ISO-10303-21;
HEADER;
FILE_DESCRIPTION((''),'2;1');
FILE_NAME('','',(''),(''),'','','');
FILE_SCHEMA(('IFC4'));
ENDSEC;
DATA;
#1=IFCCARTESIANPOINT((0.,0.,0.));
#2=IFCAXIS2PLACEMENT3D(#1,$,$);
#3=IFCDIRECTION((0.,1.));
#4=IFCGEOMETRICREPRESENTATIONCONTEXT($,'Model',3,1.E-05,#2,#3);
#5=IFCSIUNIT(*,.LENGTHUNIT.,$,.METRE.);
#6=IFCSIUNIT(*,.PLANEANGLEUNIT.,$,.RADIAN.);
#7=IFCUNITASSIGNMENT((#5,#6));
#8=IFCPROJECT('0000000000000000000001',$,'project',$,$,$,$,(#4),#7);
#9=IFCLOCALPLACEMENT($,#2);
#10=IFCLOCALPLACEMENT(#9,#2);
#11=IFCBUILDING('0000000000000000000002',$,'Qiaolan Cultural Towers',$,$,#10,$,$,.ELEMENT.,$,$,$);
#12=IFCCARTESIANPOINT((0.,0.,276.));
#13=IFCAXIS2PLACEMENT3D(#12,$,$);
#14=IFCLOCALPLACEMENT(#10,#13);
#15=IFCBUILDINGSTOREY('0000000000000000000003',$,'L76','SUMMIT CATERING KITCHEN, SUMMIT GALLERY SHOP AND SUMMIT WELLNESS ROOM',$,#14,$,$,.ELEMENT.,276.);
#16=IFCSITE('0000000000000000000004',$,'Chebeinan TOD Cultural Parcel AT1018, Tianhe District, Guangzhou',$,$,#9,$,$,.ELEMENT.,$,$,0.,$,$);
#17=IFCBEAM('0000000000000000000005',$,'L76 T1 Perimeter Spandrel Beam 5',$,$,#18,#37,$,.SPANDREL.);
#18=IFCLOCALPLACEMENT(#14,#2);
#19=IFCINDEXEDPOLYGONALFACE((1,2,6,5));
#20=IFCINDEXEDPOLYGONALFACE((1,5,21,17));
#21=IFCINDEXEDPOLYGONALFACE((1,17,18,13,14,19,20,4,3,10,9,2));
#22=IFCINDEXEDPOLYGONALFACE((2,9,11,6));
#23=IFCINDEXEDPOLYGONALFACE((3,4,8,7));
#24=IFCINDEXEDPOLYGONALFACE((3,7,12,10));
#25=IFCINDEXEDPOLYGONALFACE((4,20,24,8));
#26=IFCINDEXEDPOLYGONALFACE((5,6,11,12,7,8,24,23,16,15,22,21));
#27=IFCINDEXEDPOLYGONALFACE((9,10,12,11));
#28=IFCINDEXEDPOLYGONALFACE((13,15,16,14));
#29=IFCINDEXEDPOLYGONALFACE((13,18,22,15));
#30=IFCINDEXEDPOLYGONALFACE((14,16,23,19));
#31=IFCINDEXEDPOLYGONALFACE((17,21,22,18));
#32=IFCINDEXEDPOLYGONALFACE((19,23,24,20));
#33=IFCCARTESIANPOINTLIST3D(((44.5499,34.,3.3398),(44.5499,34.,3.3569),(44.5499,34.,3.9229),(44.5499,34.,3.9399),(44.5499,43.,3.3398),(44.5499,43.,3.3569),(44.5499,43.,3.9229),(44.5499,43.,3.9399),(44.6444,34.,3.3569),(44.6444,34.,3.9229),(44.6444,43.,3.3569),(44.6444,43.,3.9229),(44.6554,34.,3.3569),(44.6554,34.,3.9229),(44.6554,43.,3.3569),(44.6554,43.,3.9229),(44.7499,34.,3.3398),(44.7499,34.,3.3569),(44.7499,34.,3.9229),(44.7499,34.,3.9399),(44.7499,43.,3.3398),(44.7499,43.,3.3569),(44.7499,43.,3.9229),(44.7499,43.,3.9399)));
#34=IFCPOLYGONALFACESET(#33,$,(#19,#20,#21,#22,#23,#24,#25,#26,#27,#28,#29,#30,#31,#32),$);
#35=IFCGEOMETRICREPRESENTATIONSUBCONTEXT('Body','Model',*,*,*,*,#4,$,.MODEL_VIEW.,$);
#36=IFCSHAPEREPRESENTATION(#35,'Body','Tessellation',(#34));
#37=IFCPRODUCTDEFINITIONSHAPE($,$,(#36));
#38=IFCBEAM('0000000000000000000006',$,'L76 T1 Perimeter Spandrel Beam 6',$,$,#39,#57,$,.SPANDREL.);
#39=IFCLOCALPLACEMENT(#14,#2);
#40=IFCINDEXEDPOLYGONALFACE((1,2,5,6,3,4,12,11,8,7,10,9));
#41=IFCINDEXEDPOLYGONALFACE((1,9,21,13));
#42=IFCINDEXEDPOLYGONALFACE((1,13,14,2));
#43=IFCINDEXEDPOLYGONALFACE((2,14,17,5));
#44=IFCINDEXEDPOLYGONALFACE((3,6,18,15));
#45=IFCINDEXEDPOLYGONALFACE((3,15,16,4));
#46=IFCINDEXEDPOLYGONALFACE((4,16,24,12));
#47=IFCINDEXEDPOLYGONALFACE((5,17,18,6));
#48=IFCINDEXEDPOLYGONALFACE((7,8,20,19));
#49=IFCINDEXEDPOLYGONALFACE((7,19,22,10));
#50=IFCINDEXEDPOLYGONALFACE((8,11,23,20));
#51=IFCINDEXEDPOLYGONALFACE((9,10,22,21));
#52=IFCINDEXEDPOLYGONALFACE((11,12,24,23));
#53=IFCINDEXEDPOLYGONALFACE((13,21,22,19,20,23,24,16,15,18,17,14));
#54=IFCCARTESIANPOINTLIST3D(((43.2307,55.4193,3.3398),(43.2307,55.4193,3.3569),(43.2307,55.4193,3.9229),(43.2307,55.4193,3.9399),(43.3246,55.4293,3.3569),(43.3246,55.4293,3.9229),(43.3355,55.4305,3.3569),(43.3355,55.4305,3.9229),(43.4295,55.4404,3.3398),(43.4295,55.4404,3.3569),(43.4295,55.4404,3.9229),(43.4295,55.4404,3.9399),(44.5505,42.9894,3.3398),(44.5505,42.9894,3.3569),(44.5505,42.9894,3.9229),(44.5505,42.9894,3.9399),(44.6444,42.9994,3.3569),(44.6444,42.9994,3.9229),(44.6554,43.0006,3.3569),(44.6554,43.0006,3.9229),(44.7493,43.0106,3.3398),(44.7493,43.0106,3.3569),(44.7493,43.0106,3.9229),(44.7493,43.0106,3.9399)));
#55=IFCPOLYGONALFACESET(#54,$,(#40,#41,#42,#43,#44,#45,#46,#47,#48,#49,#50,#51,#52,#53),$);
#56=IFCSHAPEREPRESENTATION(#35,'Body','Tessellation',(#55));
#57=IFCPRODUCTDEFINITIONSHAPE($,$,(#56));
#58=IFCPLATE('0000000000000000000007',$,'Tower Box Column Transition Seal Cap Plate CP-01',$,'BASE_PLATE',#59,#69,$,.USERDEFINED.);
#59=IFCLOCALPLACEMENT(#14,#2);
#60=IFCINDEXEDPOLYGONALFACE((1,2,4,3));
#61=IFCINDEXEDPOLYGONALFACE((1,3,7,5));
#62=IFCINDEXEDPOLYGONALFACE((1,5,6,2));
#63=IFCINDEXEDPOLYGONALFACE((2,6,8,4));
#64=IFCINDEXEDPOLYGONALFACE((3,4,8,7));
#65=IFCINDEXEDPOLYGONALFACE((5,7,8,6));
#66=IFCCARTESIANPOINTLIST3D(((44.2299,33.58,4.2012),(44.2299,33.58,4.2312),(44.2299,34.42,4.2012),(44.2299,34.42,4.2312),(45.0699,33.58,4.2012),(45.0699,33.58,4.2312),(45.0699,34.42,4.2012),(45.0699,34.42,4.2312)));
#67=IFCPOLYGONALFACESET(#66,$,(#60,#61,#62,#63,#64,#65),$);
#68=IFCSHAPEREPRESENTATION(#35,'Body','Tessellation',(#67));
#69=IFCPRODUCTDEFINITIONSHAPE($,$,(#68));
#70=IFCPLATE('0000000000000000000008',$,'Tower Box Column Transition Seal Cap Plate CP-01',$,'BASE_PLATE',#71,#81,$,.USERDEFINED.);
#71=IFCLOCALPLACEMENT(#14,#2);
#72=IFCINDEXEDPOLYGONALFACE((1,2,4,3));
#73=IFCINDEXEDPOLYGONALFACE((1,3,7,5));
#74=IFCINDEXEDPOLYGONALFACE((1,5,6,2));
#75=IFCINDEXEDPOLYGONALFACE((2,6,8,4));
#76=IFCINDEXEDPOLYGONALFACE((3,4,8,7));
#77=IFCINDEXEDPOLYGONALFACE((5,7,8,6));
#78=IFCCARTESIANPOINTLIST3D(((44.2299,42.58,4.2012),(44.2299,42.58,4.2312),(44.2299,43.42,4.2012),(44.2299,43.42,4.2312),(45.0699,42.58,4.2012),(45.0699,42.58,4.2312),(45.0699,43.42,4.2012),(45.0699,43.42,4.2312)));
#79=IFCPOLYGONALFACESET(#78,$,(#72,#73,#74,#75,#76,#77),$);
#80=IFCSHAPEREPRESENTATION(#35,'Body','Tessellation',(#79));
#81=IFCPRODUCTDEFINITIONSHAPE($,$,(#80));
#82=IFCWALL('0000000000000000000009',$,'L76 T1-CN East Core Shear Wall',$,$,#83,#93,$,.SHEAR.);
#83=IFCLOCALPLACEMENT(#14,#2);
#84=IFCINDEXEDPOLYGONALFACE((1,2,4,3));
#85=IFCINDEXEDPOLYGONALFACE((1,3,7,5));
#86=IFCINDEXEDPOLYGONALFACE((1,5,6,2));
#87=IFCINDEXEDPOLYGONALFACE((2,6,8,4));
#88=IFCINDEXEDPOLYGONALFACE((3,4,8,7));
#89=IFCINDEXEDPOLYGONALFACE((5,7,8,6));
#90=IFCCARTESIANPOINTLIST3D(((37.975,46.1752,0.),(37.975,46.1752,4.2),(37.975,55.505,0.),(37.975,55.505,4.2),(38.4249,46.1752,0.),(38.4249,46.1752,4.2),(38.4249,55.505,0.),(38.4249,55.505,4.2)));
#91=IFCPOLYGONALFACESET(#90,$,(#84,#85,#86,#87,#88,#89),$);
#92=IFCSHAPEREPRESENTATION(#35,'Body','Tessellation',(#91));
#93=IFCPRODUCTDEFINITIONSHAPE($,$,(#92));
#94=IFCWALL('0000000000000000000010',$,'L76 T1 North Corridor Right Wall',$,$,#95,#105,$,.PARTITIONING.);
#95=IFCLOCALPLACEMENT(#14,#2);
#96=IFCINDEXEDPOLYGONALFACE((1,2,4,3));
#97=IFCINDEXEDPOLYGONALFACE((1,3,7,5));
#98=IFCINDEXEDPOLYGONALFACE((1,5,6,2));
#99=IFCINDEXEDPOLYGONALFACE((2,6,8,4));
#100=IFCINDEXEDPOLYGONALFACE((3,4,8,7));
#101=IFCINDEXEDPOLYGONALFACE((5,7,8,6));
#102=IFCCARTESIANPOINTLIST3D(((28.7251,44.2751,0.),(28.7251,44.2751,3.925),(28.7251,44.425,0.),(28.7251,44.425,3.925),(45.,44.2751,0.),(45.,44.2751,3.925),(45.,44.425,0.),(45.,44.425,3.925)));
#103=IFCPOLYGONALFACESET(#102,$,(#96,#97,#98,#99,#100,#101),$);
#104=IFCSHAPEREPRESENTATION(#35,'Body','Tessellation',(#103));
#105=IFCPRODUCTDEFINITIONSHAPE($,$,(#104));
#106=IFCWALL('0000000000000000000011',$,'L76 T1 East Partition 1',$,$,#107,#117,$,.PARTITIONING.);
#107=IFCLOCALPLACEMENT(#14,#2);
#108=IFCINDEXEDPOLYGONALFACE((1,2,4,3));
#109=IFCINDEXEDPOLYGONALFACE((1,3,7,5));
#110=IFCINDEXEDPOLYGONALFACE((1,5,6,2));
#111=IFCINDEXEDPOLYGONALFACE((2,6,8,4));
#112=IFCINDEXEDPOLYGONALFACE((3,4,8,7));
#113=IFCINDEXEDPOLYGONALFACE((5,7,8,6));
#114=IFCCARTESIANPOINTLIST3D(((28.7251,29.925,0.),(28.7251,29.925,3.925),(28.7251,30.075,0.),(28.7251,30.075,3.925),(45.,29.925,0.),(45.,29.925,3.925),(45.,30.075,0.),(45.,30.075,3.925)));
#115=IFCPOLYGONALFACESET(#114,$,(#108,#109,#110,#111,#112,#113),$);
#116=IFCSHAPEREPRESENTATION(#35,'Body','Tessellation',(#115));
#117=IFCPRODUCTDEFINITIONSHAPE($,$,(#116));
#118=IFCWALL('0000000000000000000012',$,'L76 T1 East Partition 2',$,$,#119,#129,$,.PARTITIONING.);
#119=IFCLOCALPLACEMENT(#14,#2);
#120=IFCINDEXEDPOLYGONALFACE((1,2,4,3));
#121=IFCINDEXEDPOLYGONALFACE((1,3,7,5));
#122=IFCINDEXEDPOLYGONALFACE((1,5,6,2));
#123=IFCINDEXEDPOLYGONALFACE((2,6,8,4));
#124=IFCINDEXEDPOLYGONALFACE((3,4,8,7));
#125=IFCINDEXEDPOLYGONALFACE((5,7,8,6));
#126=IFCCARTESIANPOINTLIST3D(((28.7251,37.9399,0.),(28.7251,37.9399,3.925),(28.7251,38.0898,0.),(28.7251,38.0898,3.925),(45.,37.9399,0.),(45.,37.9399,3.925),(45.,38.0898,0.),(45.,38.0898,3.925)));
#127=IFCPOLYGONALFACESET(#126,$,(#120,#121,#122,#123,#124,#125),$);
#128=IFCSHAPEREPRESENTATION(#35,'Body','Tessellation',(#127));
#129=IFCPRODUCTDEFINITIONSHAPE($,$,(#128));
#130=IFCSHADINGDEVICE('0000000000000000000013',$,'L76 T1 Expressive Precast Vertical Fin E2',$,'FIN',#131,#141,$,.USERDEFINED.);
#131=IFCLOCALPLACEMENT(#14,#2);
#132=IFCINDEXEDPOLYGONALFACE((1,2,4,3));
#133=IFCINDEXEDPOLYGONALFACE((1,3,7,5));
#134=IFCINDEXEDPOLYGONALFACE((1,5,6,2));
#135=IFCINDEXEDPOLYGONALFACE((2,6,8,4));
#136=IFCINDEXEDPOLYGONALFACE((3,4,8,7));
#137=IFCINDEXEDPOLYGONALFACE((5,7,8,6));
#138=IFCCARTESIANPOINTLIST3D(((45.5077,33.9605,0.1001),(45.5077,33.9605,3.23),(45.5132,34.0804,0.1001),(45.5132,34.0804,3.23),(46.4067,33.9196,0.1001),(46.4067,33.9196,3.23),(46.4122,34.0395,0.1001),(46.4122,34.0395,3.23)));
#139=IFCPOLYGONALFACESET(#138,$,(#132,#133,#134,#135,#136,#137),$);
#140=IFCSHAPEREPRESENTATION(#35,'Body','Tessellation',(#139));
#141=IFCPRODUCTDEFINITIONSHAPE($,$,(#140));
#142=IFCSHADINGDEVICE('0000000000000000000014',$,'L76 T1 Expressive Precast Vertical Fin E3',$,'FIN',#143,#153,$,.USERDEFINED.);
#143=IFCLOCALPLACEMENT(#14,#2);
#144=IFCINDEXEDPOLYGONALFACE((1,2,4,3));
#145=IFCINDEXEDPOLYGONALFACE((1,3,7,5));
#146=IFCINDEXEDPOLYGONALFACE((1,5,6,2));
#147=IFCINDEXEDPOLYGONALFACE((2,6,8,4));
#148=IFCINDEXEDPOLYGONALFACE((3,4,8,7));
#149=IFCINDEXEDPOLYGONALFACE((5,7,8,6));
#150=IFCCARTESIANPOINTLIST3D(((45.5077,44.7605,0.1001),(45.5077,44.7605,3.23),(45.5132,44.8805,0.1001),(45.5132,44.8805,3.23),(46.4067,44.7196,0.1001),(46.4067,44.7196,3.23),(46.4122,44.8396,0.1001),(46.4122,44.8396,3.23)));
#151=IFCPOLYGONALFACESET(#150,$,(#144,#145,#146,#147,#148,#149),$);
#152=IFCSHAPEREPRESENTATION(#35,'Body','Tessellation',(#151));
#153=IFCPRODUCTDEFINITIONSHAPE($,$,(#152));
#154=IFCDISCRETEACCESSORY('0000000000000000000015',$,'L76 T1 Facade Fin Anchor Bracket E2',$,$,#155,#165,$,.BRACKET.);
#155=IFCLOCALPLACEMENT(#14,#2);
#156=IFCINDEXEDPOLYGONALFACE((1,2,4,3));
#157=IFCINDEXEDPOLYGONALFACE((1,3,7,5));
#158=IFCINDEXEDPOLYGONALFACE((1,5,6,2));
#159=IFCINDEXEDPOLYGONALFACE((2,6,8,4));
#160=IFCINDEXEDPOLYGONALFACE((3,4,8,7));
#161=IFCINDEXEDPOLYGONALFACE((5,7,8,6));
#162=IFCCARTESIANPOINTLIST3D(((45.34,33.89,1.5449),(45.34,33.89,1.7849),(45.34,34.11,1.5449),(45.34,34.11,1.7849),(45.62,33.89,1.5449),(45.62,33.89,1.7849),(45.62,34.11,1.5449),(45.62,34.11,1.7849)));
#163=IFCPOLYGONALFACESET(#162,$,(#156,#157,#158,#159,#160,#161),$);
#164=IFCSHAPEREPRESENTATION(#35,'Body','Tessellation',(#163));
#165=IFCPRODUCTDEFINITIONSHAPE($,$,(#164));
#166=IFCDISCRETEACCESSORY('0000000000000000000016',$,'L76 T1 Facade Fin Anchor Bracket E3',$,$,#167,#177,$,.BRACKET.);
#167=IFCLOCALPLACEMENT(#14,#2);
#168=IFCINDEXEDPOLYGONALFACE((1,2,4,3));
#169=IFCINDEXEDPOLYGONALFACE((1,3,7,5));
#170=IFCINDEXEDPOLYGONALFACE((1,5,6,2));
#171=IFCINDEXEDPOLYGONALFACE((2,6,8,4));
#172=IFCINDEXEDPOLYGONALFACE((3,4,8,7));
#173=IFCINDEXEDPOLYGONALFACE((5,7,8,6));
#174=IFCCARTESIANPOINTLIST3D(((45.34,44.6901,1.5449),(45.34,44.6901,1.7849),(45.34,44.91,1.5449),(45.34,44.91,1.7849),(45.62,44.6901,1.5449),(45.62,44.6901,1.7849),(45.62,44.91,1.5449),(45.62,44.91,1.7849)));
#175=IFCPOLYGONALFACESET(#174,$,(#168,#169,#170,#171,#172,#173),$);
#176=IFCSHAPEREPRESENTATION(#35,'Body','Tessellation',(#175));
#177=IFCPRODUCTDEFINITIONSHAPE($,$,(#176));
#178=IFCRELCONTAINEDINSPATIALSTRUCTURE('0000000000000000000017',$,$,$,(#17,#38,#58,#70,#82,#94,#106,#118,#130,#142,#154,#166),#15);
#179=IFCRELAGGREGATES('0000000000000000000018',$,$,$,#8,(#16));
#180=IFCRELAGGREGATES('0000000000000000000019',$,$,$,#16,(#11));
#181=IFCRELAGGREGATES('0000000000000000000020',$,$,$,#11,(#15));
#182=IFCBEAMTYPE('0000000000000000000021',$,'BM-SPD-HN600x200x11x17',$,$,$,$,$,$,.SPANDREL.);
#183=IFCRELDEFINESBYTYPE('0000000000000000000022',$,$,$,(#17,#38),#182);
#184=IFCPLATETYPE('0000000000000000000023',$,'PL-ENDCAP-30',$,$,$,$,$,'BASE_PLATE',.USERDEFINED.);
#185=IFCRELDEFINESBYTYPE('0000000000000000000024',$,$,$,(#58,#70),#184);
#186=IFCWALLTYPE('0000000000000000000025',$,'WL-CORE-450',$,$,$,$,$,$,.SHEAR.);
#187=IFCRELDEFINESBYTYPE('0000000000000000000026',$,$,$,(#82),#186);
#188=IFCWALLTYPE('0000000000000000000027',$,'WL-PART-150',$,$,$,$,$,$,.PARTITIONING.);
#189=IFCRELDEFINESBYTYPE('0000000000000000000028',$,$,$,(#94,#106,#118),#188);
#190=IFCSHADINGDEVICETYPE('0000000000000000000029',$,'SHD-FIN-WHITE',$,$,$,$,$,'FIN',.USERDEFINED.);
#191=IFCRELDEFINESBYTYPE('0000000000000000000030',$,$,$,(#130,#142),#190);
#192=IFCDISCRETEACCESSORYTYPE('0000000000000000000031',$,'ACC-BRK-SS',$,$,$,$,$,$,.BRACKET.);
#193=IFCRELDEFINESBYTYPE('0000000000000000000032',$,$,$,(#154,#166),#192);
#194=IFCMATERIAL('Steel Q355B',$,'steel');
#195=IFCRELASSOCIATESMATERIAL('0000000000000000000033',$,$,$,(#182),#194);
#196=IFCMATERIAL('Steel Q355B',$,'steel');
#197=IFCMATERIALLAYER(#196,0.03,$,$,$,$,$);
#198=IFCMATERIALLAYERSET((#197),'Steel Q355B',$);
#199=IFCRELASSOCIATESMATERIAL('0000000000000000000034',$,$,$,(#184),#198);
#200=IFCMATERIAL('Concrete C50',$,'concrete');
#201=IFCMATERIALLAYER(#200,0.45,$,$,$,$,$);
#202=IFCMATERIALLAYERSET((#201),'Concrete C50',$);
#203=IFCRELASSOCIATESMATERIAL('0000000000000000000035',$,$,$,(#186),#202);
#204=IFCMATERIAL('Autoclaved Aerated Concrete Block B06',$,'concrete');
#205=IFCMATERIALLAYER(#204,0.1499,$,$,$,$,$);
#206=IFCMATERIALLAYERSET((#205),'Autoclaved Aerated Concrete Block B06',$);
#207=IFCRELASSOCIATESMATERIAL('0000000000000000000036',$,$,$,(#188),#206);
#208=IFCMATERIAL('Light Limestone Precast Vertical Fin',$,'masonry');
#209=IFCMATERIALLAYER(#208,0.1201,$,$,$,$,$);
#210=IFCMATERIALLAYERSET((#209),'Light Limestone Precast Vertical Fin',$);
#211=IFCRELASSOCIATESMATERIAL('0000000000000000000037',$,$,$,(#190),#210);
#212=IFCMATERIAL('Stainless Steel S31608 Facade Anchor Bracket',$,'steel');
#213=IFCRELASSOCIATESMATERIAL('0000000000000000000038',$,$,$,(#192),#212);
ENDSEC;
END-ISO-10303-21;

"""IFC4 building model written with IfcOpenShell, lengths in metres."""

from ifc_helpers import new_model, si_unit, direction, frame, frame_2d, origin, origin_2d, place, context, subcontext, project, spatial, rectangle, i_section, extrude, material, layer, layer_set, material_profile, profile_set, type_object, element, save


model = new_model("IFC4")

# Units and contexts
model_context = context("Model", 3, precision=1e-05, world=origin(), true_north=direction((0.0, 1.0)))
body_context = subcontext(model_context, "Body", "Model", "MODEL_VIEW")
ifc_project = project(units=[si_unit("LENGTHUNIT", "METRE"), si_unit("PLANEANGLEUNIT", "RADIAN")], contexts=[model_context])

# Site, building, storey
site_placement = place(None, origin())
site = spatial("IfcSite", under=ifc_project, at=site_placement, Name="Chebeinan TOD Cultural Parcel AT1018, Tianhe District, Guangzhou", CompositionType="ELEMENT", RefElevation=0.0)
building_placement = place(site_placement, origin())
building = spatial("IfcBuilding", under=site, at=building_placement, Name="Qiaolan Cultural Towers", CompositionType="ELEMENT")
storey_placement = place(building_placement, frame((0.0, 0.0, 276.0)))
storey = spatial("IfcBuildingStorey", under=building, at=storey_placement, Name="L76", Description="SUMMIT CATERING KITCHEN, SUMMIT GALLERY SHOP AND SUMMIT WELLNESS ROOM", CompositionType="ELEMENT", Elevation=276.0)

# Beams
ifc_material_1 = material(Name="Steel Q355B", Category="steel")
ifc_material_profile_1 = material_profile(ifc_material_1, i_section(OverallWidth=0.2, OverallDepth=0.6001, WebThickness=0.011, FlangeThickness=0.0171, at=origin_2d()), Name="HN600x200x11x17")
ifc_profile_set_1 = profile_set([ifc_material_profile_1], Name="Steel Q355B")
beam_type_1 = type_object("IfcBeamType", Name="BM-SPD-HN600x200x11x17", PredefinedType="SPANDREL", material=ifc_profile_set_1)
beam_1_placement = place(storey_placement, frame((44.6499, 34.0, 3.6399), z_axis=(0.0, 1.0, 0.0), x_axis=(-1.0, 0.0, 0.0)))
element("IfcBeam", 1, at=beam_1_placement, inside=storey, type_object=beam_type_1, Name="L76 T1 Perimeter Spandrel Beam 5", PredefinedType="SPANDREL", context=body_context, shape_type="SweptSolid", body=[
    extrude(i_section(OverallWidth=0.2, OverallDepth=0.6001, WebThickness=0.011, FlangeThickness=0.0171, at=origin_2d()), origin(), (0.0, 0.0, 1.0), 9.0),
])
beam_2_placement = place(storey_placement, frame((44.6499, 43.0, 3.6399), z_axis=(-0.105588, 0.99441, 0.0), x_axis=(-0.99441, -0.105588, 0.0)))
element("IfcBeam", 2, at=beam_2_placement, inside=storey, type_object=beam_type_1, Name="L76 T1 Perimeter Spandrel Beam 6", PredefinedType="SPANDREL", context=body_context, shape_type="SweptSolid", body=[
    extrude(i_section(OverallWidth=0.2, OverallDepth=0.6001, WebThickness=0.011, FlangeThickness=0.0171, at=origin_2d()), origin(), (0.0, 0.0, 1.0), 12.4998),
])

# Plates
ifc_material_2 = material(Name="Steel Q355B", Category="steel")
ifc_layer_1 = layer(ifc_material_2, 0.03)
ifc_layer_set_1 = layer_set([ifc_layer_1], Name="Steel Q355B")
plate_type = type_object("IfcPlateType", Name="PL-ENDCAP-30", ElementType="BASE_PLATE", PredefinedType="USERDEFINED", material=ifc_layer_set_1)
for number, where, z_axis, x_axis, name in (
    (3, (44.6499, 34.0, 4.2012), (0.0, 0.0, 1.0), (1.0, 0.0, 0.0), "Tower Box Column Transition Seal Cap Plate CP-01"),
    (4, (44.6499, 43.0, 4.2012), (0.0, 0.0, 1.0), (1.0, 0.0, 0.0), "Tower Box Column Transition Seal Cap Plate CP-01"),
):
    element("IfcPlate", number, at=place(storey_placement, frame(where, z_axis=z_axis, x_axis=x_axis)), inside=storey, type_object=plate_type, Name=name, ObjectType="BASE_PLATE", PredefinedType="USERDEFINED", context=body_context, shape_type="SweptSolid", body=[
        extrude(rectangle(XDim=0.8401, YDim=0.8401, at=origin_2d()), origin(), (0.0, 0.0, 1.0), 0.03),
    ])

# Walls
ifc_material_3 = material(Name="Concrete C50", Category="concrete")
ifc_layer_2 = layer(ifc_material_3, 0.45)
ifc_layer_set_2 = layer_set([ifc_layer_2], Name="Concrete C50")
wall_type_1 = type_object("IfcWallType", Name="WL-CORE-450", PredefinedType="SHEAR", material=ifc_layer_set_2)
wall_placement = place(storey_placement, frame((38.2, 46.175, 0.0), z_axis=(0.0, 0.0, 1.0), x_axis=(0.0, 1.0, 0.0)))
element("IfcWall", 5, at=wall_placement, inside=storey, type_object=wall_type_1, Name="L76 T1-CN East Core Shear Wall", PredefinedType="SHEAR", context=body_context, shape_type="SweptSolid", body=[
    extrude(rectangle(XDim=9.3298, YDim=0.45, at=frame_2d((4.665, 0.0))), origin(), (0.0, 0.0, 1.0), 4.2),
])
ifc_material_4 = material(Name="Autoclaved Aerated Concrete Block B06", Category="concrete")
ifc_layer_3 = layer(ifc_material_4, 0.1499)
ifc_layer_set_3 = layer_set([ifc_layer_3], Name="Autoclaved Aerated Concrete Block B06")
wall_type_2 = type_object("IfcWallType", Name="WL-PART-150", PredefinedType="PARTITIONING", material=ifc_layer_set_3)
for number, where, z_axis, x_axis, name in (
    (6, (28.7251, 44.3501, 0.0), (0.0, 0.0, 1.0), (1.0, 0.0, 0.0), "L76 T1 North Corridor Right Wall"),
    (7, (28.7251, 30.0, 0.0), (0.0, 0.0, 1.0), (1.0, 0.0, 0.0), "L76 T1 East Partition 1"),
    (8, (28.7251, 38.0149, 0.0), (0.0, 0.0, 1.0), (1.0, 0.0, 0.0), "L76 T1 East Partition 2"),
):
    element("IfcWall", number, at=place(storey_placement, frame(where, z_axis=z_axis, x_axis=x_axis)), inside=storey, type_object=wall_type_2, Name=name, PredefinedType="PARTITIONING", context=body_context, shape_type="SweptSolid", body=[
        extrude(rectangle(XDim=16.2749, YDim=0.1499, at=frame_2d((8.1375, 0.0))), origin(), (0.0, 0.0, 1.0), 3.925),
    ])

# Shading devices
ifc_material_5 = material(Name="Light Limestone Precast Vertical Fin", Category="masonry")
ifc_layer_4 = layer(ifc_material_5, 0.1201)
ifc_layer_set_4 = layer_set([ifc_layer_4], Name="Light Limestone Precast Vertical Fin")
shading_device_type = type_object("IfcShadingDeviceType", Name="SHD-FIN-WHITE", ElementType="FIN", PredefinedType="USERDEFINED", material=ifc_layer_set_4)
for number, where, z_axis, x_axis, name in (
    (9, (45.96, 34.0, 0.1001), (0.0, 0.0, 1.0), (0.998967, -0.045445, 0.0), "L76 T1 Expressive Precast Vertical Fin E2"),
    (10, (45.96, 44.8, 0.1001), (0.0, 0.0, 1.0), (0.998967, -0.045445, 0.0), "L76 T1 Expressive Precast Vertical Fin E3"),
):
    element("IfcShadingDevice", number, at=place(storey_placement, frame(where, z_axis=z_axis, x_axis=x_axis)), inside=storey, type_object=shading_device_type, Name=name, ObjectType="FIN", PredefinedType="USERDEFINED", context=body_context, shape_type="SweptSolid", body=[
        extrude(rectangle(XDim=0.8999, YDim=0.1201, at=origin_2d()), origin(), (0.0, 0.0, 1.0), 3.1299),
    ])

# Discrete accessories
ifc_material_6 = material(Name="Stainless Steel S31608 Facade Anchor Bracket", Category="steel")
discrete_accessory_type = type_object("IfcDiscreteAccessoryType", Name="ACC-BRK-SS", PredefinedType="BRACKET", material=ifc_material_6)
for number, where, z_axis, x_axis, name in (
    (11, (45.48, 34.0, 1.5449), (0.0, 0.0, 1.0), (1.0, 0.0, 0.0), "L76 T1 Facade Fin Anchor Bracket E2"),
    (12, (45.48, 44.8, 1.5449), (0.0, 0.0, 1.0), (1.0, 0.0, 0.0), "L76 T1 Facade Fin Anchor Bracket E3"),
):
    element("IfcDiscreteAccessory", number, at=place(storey_placement, frame(where, z_axis=z_axis, x_axis=x_axis)), inside=storey, type_object=discrete_accessory_type, Name=name, PredefinedType="BRACKET", context=body_context, shape_type="SweptSolid", body=[
        extrude(rectangle(XDim=0.28, YDim=0.22, at=origin_2d()), origin(), (0.0, 0.0, 1.0), 0.24),
    ])

save(model, "model.ifc")
